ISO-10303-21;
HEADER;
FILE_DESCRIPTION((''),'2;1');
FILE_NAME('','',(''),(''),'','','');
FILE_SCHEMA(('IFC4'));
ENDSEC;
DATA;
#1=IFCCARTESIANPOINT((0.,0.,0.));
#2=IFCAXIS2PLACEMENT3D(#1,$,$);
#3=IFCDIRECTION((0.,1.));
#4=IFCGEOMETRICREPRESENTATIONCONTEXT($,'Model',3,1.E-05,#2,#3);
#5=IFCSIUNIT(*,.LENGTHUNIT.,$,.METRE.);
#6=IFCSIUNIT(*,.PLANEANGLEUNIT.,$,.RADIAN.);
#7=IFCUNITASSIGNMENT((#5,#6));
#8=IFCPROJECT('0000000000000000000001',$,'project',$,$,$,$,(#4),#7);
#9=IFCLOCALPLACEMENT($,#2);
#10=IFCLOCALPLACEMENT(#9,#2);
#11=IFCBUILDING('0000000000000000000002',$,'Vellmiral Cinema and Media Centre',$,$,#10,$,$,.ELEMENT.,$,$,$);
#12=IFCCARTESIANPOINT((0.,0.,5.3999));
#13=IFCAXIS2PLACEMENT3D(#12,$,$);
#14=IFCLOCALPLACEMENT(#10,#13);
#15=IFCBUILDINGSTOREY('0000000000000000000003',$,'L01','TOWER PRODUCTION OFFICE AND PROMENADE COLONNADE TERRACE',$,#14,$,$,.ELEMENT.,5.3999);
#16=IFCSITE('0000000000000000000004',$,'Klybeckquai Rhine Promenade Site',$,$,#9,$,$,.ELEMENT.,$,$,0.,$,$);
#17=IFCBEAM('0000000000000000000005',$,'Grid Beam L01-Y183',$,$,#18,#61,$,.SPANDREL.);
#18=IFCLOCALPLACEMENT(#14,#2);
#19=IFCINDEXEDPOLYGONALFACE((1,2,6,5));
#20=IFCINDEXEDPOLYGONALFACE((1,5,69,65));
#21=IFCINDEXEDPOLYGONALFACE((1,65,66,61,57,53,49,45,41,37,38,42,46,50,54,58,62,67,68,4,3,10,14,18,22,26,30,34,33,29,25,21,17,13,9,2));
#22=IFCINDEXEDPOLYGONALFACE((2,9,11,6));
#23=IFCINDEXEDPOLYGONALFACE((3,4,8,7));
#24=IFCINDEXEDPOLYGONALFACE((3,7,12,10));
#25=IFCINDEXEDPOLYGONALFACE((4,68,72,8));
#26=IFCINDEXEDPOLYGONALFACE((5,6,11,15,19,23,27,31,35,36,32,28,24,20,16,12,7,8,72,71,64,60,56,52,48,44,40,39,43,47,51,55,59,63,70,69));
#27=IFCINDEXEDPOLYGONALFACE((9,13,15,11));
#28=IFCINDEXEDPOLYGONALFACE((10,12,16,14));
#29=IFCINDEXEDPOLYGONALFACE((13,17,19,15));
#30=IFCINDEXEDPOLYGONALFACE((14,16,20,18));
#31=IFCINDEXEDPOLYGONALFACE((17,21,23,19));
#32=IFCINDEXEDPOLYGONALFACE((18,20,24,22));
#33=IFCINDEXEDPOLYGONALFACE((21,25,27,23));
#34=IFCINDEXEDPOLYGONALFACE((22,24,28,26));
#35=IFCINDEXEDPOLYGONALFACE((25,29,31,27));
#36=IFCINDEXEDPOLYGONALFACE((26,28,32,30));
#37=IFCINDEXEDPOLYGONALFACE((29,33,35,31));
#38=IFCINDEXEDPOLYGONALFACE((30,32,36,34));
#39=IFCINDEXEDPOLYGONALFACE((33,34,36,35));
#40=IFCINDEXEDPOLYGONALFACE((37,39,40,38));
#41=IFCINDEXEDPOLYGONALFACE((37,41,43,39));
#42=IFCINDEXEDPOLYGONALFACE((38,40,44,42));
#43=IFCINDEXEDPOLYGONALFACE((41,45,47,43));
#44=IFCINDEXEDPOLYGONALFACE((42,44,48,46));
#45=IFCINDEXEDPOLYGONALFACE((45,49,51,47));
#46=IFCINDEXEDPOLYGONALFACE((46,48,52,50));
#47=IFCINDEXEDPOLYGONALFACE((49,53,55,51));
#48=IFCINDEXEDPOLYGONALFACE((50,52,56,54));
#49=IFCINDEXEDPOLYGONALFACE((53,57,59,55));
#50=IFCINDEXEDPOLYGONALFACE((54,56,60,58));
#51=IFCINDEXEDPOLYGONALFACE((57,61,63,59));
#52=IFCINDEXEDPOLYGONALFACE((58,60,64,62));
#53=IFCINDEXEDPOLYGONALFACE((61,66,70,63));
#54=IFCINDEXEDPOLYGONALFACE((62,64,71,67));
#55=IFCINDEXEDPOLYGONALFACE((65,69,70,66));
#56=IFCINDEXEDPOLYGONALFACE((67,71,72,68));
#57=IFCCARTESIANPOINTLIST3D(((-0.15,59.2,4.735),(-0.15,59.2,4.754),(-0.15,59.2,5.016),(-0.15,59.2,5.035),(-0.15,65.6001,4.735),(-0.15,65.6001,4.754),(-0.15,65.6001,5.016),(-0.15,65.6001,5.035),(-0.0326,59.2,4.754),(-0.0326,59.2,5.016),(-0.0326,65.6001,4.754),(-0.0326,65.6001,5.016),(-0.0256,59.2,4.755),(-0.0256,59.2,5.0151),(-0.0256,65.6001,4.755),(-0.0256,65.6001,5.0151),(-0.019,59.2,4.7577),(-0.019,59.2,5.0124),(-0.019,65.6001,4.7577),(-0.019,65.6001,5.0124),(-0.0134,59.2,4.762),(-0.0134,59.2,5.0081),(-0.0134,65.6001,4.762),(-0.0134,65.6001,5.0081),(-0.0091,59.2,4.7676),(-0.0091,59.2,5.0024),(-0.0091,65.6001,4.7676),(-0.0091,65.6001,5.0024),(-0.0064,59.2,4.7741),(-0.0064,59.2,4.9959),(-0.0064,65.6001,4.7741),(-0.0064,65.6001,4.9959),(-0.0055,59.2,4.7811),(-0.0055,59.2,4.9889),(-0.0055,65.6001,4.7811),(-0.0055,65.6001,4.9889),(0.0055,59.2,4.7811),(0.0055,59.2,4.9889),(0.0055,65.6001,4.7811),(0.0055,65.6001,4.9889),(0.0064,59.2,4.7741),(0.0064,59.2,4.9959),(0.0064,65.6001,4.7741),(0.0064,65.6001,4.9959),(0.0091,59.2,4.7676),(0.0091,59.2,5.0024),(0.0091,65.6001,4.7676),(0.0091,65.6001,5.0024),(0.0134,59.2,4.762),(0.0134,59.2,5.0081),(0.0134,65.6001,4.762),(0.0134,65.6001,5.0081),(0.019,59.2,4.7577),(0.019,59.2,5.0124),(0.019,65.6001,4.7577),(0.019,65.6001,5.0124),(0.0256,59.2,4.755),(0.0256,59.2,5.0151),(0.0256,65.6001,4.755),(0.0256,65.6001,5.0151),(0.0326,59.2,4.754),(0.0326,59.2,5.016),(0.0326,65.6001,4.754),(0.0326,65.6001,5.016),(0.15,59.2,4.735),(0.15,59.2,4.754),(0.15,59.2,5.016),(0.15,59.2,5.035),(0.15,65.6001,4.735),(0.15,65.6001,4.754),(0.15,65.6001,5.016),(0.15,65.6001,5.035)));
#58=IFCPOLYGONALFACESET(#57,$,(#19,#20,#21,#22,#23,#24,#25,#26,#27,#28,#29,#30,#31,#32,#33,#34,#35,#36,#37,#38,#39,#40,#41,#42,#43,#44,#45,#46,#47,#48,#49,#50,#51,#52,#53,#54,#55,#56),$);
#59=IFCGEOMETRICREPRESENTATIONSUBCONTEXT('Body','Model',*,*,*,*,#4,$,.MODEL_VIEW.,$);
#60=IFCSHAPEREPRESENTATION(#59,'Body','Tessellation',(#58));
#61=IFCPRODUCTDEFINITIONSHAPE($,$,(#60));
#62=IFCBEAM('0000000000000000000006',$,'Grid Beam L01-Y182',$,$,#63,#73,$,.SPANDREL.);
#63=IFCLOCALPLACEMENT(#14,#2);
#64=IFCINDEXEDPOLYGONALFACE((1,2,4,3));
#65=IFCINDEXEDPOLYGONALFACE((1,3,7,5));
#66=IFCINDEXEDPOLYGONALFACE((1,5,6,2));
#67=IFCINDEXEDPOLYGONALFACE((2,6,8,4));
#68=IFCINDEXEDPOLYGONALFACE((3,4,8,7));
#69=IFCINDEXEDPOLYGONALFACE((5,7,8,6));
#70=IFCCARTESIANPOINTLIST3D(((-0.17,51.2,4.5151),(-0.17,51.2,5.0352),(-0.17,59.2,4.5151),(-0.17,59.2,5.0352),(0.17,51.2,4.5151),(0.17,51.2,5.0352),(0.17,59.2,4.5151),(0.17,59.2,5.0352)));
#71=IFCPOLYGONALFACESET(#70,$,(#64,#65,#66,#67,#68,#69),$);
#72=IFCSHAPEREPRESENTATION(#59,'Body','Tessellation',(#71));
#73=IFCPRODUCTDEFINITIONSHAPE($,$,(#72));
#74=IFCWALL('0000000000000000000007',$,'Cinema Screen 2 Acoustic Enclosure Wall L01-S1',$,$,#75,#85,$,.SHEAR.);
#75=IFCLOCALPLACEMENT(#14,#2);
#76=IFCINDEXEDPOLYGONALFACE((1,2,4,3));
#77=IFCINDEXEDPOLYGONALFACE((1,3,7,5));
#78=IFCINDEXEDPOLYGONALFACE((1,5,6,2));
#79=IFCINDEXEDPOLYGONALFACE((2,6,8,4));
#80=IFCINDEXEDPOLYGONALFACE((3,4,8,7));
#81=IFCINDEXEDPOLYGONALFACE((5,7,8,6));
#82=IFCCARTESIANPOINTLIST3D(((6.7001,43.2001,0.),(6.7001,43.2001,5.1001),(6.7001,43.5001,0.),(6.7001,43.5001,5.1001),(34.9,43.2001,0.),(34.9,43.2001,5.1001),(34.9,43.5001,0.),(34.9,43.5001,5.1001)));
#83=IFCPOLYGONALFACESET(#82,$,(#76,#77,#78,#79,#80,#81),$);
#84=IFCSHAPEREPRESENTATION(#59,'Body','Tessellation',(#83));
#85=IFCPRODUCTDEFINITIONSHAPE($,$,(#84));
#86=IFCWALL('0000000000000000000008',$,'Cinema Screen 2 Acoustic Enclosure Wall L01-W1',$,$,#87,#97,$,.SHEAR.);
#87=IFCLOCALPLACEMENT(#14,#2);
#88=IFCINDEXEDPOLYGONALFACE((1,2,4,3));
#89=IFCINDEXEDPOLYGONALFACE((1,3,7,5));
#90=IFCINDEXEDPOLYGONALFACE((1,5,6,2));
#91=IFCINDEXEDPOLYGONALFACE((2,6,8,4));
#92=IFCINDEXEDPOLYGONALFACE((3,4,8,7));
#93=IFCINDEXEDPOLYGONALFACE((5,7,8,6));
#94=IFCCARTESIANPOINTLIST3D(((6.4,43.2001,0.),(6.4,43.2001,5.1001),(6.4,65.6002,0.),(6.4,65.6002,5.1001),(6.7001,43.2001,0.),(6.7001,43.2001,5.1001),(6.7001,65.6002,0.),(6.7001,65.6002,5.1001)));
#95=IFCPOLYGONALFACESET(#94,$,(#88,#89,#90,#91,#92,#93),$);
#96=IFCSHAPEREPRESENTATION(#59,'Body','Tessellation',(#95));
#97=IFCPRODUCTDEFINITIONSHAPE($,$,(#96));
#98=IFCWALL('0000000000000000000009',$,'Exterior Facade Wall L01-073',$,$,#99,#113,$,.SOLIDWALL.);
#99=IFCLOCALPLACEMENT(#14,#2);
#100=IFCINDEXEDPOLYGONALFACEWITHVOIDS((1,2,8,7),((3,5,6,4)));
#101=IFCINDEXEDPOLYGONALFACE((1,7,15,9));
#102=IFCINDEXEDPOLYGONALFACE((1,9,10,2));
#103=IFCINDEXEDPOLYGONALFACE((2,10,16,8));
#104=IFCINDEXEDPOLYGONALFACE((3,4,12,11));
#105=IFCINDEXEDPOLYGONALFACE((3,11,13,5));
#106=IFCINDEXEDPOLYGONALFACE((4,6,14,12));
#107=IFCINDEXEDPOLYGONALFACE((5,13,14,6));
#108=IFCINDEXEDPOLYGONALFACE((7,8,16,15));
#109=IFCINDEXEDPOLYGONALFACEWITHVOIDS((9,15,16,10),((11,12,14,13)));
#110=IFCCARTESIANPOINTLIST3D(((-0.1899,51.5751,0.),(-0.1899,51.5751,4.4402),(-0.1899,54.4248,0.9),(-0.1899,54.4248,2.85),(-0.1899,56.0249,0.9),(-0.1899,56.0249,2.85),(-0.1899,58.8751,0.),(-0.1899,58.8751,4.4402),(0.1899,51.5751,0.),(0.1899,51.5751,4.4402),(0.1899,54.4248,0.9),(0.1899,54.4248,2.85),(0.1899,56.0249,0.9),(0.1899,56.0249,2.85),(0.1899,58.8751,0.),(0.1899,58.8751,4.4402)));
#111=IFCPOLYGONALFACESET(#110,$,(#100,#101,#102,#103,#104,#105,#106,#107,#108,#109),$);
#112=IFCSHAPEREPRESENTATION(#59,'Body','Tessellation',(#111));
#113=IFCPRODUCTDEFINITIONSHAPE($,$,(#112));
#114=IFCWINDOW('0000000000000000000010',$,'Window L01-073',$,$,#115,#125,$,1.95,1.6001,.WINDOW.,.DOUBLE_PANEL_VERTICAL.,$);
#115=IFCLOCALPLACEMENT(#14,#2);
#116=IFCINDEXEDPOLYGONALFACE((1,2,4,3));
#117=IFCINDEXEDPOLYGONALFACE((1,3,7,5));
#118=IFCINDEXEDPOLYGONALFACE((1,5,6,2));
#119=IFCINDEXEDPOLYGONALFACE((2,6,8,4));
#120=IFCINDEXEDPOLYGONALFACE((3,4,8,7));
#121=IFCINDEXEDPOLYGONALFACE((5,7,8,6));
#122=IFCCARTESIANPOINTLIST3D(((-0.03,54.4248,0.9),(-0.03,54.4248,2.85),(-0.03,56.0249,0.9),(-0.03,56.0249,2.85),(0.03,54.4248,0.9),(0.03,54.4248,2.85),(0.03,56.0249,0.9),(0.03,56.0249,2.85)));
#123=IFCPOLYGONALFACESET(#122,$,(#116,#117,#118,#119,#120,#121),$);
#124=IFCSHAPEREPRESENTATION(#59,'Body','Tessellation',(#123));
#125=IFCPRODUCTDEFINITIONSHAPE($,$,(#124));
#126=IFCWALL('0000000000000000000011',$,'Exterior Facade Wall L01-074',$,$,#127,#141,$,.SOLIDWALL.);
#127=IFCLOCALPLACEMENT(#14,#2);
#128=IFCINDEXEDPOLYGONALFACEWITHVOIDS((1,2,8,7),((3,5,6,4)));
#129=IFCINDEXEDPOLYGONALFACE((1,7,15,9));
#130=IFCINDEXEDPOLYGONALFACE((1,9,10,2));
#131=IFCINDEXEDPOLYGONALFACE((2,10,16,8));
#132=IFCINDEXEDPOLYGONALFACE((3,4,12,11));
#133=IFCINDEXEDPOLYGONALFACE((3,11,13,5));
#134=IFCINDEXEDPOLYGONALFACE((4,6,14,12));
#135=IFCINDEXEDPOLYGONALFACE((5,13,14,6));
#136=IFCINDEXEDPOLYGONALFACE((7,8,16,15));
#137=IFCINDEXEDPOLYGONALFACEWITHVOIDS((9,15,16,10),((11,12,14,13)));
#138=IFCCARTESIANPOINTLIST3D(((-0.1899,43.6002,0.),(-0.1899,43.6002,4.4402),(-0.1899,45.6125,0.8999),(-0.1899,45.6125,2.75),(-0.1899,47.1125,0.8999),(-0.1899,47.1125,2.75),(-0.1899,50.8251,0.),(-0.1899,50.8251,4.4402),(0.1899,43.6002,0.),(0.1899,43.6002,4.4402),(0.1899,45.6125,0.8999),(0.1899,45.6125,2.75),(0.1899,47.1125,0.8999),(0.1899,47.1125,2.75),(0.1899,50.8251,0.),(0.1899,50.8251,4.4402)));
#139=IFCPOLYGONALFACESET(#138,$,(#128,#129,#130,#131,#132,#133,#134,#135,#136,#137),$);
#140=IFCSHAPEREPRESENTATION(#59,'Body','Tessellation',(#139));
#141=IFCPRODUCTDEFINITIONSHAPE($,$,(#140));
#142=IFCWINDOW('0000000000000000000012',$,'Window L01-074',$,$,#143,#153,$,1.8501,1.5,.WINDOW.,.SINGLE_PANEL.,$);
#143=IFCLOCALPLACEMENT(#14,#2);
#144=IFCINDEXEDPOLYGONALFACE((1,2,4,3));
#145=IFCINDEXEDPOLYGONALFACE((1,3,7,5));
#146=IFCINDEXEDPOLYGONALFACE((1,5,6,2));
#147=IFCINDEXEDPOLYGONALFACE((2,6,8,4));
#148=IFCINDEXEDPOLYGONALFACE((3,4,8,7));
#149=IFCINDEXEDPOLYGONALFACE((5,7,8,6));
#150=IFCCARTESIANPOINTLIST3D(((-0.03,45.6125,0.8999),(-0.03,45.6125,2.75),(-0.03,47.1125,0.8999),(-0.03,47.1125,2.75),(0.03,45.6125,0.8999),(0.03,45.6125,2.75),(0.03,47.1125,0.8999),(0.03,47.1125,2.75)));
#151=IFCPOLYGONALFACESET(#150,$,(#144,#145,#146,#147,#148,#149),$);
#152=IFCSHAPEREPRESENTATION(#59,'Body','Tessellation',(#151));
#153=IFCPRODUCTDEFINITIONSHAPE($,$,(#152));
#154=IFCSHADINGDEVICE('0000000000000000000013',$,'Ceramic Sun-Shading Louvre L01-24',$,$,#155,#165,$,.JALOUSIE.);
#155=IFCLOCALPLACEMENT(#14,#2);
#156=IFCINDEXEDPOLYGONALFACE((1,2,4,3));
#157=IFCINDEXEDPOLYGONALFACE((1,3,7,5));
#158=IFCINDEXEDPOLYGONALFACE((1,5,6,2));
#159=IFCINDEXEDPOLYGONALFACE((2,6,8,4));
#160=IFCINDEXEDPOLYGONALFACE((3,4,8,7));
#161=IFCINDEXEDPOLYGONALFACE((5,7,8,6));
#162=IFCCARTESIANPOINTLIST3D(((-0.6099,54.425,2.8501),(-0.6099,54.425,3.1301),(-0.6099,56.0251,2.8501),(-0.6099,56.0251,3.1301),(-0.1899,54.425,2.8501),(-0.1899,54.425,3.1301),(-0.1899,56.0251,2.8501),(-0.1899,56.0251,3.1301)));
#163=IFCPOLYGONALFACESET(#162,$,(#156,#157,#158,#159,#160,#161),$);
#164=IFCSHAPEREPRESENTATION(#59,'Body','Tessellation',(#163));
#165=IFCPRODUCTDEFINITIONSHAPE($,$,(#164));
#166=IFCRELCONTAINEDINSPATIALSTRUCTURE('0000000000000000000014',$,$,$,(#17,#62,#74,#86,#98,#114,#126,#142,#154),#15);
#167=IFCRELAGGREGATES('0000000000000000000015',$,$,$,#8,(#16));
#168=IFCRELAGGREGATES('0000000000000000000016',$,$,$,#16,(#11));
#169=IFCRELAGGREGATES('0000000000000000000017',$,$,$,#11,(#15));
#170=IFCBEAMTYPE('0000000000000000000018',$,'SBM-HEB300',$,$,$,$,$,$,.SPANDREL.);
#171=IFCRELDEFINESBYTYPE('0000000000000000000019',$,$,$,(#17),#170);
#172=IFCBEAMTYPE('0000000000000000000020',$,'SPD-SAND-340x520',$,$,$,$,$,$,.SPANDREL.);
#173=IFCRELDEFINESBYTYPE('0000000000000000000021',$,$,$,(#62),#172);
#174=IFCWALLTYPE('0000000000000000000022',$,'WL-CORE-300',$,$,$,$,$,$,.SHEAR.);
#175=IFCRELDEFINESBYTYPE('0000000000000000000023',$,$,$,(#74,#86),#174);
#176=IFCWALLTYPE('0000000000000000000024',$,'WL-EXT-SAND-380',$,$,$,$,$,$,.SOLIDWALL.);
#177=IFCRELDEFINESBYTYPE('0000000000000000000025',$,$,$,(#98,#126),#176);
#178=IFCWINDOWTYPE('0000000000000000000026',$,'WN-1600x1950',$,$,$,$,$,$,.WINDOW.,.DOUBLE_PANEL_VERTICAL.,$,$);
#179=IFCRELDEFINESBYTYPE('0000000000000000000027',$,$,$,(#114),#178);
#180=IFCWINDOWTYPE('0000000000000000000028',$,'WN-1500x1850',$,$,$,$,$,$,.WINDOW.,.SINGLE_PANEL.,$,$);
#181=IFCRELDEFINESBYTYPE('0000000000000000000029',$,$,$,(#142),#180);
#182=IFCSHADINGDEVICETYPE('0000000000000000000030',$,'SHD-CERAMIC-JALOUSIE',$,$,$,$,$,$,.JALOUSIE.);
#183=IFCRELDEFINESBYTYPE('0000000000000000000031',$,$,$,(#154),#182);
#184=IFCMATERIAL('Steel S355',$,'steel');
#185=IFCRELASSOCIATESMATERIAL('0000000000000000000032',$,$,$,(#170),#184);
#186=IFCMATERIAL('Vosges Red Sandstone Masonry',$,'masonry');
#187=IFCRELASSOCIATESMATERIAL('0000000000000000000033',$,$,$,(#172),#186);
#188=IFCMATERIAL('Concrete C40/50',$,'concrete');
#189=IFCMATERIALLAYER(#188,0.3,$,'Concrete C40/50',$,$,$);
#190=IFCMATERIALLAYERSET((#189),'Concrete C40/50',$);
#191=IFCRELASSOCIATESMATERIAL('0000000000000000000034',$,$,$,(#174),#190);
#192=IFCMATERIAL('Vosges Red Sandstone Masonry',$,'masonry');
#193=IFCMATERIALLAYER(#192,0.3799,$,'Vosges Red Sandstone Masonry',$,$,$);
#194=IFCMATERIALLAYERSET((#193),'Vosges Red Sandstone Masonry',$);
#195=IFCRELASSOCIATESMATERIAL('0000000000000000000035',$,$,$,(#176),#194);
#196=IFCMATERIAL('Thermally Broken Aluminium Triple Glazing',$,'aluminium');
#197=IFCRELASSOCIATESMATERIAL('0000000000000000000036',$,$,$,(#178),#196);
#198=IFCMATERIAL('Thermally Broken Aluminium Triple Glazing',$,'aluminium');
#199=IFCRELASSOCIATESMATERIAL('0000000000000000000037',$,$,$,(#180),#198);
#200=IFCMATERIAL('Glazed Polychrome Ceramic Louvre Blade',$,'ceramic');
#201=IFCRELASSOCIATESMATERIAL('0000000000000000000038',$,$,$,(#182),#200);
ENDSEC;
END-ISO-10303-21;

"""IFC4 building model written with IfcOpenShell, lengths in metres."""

from ifc_helpers import new_model, si_unit, direction, frame, frame_2d, origin, origin_2d, place, context, subcontext, project, spatial, rectangle, i_section, extrude, material, layer, layer_set, material_profile, profile_set, type_object, element, fill, save


model = new_model("IFC4")

# Units and contexts
model_context = context("Model", 3, precision=1e-05, world=origin(), true_north=direction((0.0, 1.0)))
body_context = subcontext(model_context, "Body", "Model", "MODEL_VIEW")
ifc_project = project(units=[si_unit("LENGTHUNIT", "METRE"), si_unit("PLANEANGLEUNIT", "RADIAN")], contexts=[model_context])

# Site, building, storey
site_placement = place(None, origin())
site = spatial("IfcSite", under=ifc_project, at=site_placement, Name="Klybeckquai Rhine Promenade Site", CompositionType="ELEMENT", RefElevation=0.0)
building_placement = place(site_placement, origin())
building = spatial("IfcBuilding", under=site, at=building_placement, Name="Vellmiral Cinema and Media Centre", CompositionType="ELEMENT")
storey_placement = place(building_placement, frame((0.0, 0.0, 5.3999)))
storey = spatial("IfcBuildingStorey", under=building, at=storey_placement, Name="L01", Description="TOWER PRODUCTION OFFICE AND PROMENADE COLONNADE TERRACE", CompositionType="ELEMENT", Elevation=5.3999)

# Beams
ifc_material_1 = material(Name="Steel S355", Category="steel")
ifc_material_profile_1 = material_profile(ifc_material_1, i_section(OverallWidth=0.3, OverallDepth=0.3, WebThickness=0.011, FlangeThickness=0.019, FilletRadius=0.0271, at=origin_2d()), Name="HEB 300")
ifc_profile_set_1 = profile_set([ifc_material_profile_1], Name="Steel S355")
beam_type_1 = type_object("IfcBeamType", Name="SBM-HEB300", PredefinedType="SPANDREL", material=ifc_profile_set_1)
beam_1_placement = place(storey_placement, frame((0.0, 59.2, 4.885), z_axis=(0.0, 1.0, 0.0), x_axis=(-1.0, 0.0, 0.0)))
element("IfcBeam", 1, at=beam_1_placement, inside=storey, type_object=beam_type_1, Name="Grid Beam L01-Y183", PredefinedType="SPANDREL", context=body_context, shape_type="SweptSolid", body=[
    extrude(i_section(OverallWidth=0.3, OverallDepth=0.3, WebThickness=0.011, FlangeThickness=0.019, FilletRadius=0.0271, at=origin_2d()), origin(), (0.0, 0.0, 1.0), 6.4001),
])
ifc_material_2 = material(Name="Vosges Red Sandstone Masonry", Category="masonry")
ifc_material_profile_2 = material_profile(ifc_material_2, rectangle(XDim=0.3401, YDim=0.52, at=origin_2d()), Name="SAND 340x520")
ifc_profile_set_2 = profile_set([ifc_material_profile_2], Name="Vosges Red Sandstone Masonry")
beam_type_2 = type_object("IfcBeamType", Name="SPD-SAND-340x520", PredefinedType="SPANDREL", material=ifc_profile_set_2)
beam_2_placement = place(storey_placement, frame((0.0, 51.2, 4.7751), z_axis=(0.0, 1.0, 0.0), x_axis=(-1.0, 0.0, 0.0)))
element("IfcBeam", 2, at=beam_2_placement, inside=storey, type_object=beam_type_2, Name="Grid Beam L01-Y182", PredefinedType="SPANDREL", context=body_context, shape_type="SweptSolid", body=[
    extrude(rectangle(XDim=0.3401, YDim=0.52, at=origin_2d()), origin(), (0.0, 0.0, 1.0), 8.0),
])

# Walls
ifc_material_3 = material(Name="Concrete C40/50", Category="concrete")
ifc_layer_1 = layer(ifc_material_3, 0.3, Name="Concrete C40/50")
ifc_layer_set_1 = layer_set([ifc_layer_1], Name="Concrete C40/50")
wall_type_1 = type_object("IfcWallType", Name="WL-CORE-300", PredefinedType="SHEAR", material=ifc_layer_set_1)
wall_1_placement = place(storey_placement, frame((6.7, 43.3501, 0.0), z_axis=(0.0, 0.0, 1.0), x_axis=(1.0, 0.0, 0.0)))
element("IfcWall", 3, at=wall_1_placement, inside=storey, type_object=wall_type_1, Name="Cinema Screen 2 Acoustic Enclosure Wall L01-S1", PredefinedType="SHEAR", context=body_context, shape_type="SweptSolid", body=[
    extrude(rectangle(XDim=28.2, YDim=0.3, at=frame_2d((14.1001, 0.0))), origin(), (0.0, 0.0, 1.0), 5.1001),
])
wall_2_placement = place(storey_placement, frame((6.55, 43.2, 0.0), z_axis=(0.0, 0.0, 1.0), x_axis=(0.0, 1.0, 0.0)))
element("IfcWall", 4, at=wall_2_placement, inside=storey, type_object=wall_type_1, Name="Cinema Screen 2 Acoustic Enclosure Wall L01-W1", PredefinedType="SHEAR", context=body_context, shape_type="SweptSolid", body=[
    extrude(rectangle(XDim=22.4001, YDim=0.3, at=frame_2d((11.2002, 0.0))), origin(), (0.0, 0.0, 1.0), 5.1001),
])

# Walls, openings, windows
ifc_material_4 = material(Name="Vosges Red Sandstone Masonry", Category="masonry")
ifc_layer_2 = layer(ifc_material_4, 0.3799, Name="Vosges Red Sandstone Masonry")
ifc_layer_set_2 = layer_set([ifc_layer_2], Name="Vosges Red Sandstone Masonry")
wall_type_2 = type_object("IfcWallType", Name="WL-EXT-SAND-380", PredefinedType="SOLIDWALL", material=ifc_layer_set_2)
wall_3_placement = place(storey_placement, frame((0.0, 58.875, 0.0), z_axis=(0.0, 0.0, 1.0), x_axis=(0.0, -1.0, 0.0)))
wall_3 = element("IfcWall", 5, at=wall_3_placement, inside=storey, type_object=wall_type_2, Name="Exterior Facade Wall L01-073", PredefinedType="SOLIDWALL", context=body_context, shape_type="SweptSolid", body=[
    extrude(rectangle(XDim=7.3, YDim=0.3799, at=frame_2d((3.6499, 0.0))), origin(), (0.0, 0.0, 1.0), 4.4402),
])
opening_1_placement = place(wall_3_placement, frame((2.8501, 0.0, 0.8999)))
opening_1 = element("IfcOpeningElement", 6, at=opening_1_placement, cuts=wall_3, PredefinedType="OPENING", context=body_context, shape_type="SweptSolid", body=[
    extrude(rectangle(XDim=1.6001, YDim=1.95, at=frame_2d((0.8, 0.9751))), frame((0.0, 0.2019, 0.0), z_axis=(0.0, -1.0, 0.0), x_axis=(1.0, 0.0, 0.0)), (0.0, 0.0, 1.0), 0.4038),
])
ifc_material_5 = material(Name="Thermally Broken Aluminium Triple Glazing", Category="aluminium")
window_type_1 = type_object("IfcWindowType", Name="WN-1600x1950", PartitioningType="DOUBLE_PANEL_VERTICAL", PredefinedType="WINDOW", material=ifc_material_5)
window_1_placement = place(opening_1_placement, origin())
window_1 = element("IfcWindow", 7, at=window_1_placement, inside=storey, type_object=window_type_1, Name="Window L01-073", OverallHeight=1.95, OverallWidth=1.6001, PartitioningType="DOUBLE_PANEL_VERTICAL", PredefinedType="WINDOW", context=body_context, shape_type="SweptSolid", body=[
    extrude(rectangle(XDim=1.6001, YDim=1.95, at=frame_2d((0.8, 0.9751))), frame((0.0, 0.03, 0.0), z_axis=(0.0, -1.0, 0.0), x_axis=(1.0, 0.0, 0.0)), (0.0, 0.0, 1.0), 0.0601),
])
fill(opening_1, window_1)
wall_4_placement = place(storey_placement, frame((0.0, 50.825, 0.0), z_axis=(0.0, 0.0, 1.0), x_axis=(0.0, -1.0, 0.0)))
wall_4 = element("IfcWall", 8, at=wall_4_placement, inside=storey, type_object=wall_type_2, Name="Exterior Facade Wall L01-074", PredefinedType="SOLIDWALL", context=body_context, shape_type="SweptSolid", body=[
    extrude(rectangle(XDim=7.2249, YDim=0.3799, at=frame_2d((3.6123, 0.0))), origin(), (0.0, 0.0, 1.0), 4.4402),
])
opening_2_placement = place(wall_4_placement, frame((3.7124, 0.0, 0.8999)))
opening_2 = element("IfcOpeningElement", 9, at=opening_2_placement, cuts=wall_4, PredefinedType="OPENING", context=body_context, shape_type="SweptSolid", body=[
    extrude(rectangle(XDim=1.5, YDim=1.8501, at=frame_2d((0.75, 0.925))), frame((0.0, 0.2019, 0.0), z_axis=(0.0, -1.0, 0.0), x_axis=(1.0, 0.0, 0.0)), (0.0, 0.0, 1.0), 0.4038),
])
ifc_material_6 = material(Name="Thermally Broken Aluminium Triple Glazing", Category="aluminium")
window_type_2 = type_object("IfcWindowType", Name="WN-1500x1850", PartitioningType="SINGLE_PANEL", PredefinedType="WINDOW", material=ifc_material_6)
window_2_placement = place(opening_2_placement, origin())
window_2 = element("IfcWindow", 10, at=window_2_placement, inside=storey, type_object=window_type_2, Name="Window L01-074", OverallHeight=1.8501, OverallWidth=1.5, PartitioningType="SINGLE_PANEL", PredefinedType="WINDOW", context=body_context, shape_type="SweptSolid", body=[
    extrude(rectangle(XDim=1.5, YDim=1.8501, at=frame_2d((0.75, 0.925))), frame((0.0, 0.03, 0.0), z_axis=(0.0, -1.0, 0.0), x_axis=(1.0, 0.0, 0.0)), (0.0, 0.0, 1.0), 0.0601),
])
fill(opening_2, window_2)

# Shading device
ifc_material_7 = material(Name="Glazed Polychrome Ceramic Louvre Blade", Category="ceramic")
shading_device_type = type_object("IfcShadingDeviceType", Name="SHD-CERAMIC-JALOUSIE", PredefinedType="JALOUSIE", material=ifc_material_7)
shading_device_placement = place(storey_placement, frame((-0.3999, 55.2251, 2.8501), z_axis=(0.0, 0.0, 1.0), x_axis=(0.0, -1.0, 0.0)))
element("IfcShadingDevice", 11, at=shading_device_placement, inside=storey, type_object=shading_device_type, Name="Ceramic Sun-Shading Louvre L01-24", PredefinedType="JALOUSIE", context=body_context, shape_type="SweptSolid", body=[
    extrude(rectangle(XDim=1.6001, YDim=0.4199, at=origin_2d()), origin(), (0.0, 0.0, 1.0), 0.28),
])

save(model, "model.ifc")
